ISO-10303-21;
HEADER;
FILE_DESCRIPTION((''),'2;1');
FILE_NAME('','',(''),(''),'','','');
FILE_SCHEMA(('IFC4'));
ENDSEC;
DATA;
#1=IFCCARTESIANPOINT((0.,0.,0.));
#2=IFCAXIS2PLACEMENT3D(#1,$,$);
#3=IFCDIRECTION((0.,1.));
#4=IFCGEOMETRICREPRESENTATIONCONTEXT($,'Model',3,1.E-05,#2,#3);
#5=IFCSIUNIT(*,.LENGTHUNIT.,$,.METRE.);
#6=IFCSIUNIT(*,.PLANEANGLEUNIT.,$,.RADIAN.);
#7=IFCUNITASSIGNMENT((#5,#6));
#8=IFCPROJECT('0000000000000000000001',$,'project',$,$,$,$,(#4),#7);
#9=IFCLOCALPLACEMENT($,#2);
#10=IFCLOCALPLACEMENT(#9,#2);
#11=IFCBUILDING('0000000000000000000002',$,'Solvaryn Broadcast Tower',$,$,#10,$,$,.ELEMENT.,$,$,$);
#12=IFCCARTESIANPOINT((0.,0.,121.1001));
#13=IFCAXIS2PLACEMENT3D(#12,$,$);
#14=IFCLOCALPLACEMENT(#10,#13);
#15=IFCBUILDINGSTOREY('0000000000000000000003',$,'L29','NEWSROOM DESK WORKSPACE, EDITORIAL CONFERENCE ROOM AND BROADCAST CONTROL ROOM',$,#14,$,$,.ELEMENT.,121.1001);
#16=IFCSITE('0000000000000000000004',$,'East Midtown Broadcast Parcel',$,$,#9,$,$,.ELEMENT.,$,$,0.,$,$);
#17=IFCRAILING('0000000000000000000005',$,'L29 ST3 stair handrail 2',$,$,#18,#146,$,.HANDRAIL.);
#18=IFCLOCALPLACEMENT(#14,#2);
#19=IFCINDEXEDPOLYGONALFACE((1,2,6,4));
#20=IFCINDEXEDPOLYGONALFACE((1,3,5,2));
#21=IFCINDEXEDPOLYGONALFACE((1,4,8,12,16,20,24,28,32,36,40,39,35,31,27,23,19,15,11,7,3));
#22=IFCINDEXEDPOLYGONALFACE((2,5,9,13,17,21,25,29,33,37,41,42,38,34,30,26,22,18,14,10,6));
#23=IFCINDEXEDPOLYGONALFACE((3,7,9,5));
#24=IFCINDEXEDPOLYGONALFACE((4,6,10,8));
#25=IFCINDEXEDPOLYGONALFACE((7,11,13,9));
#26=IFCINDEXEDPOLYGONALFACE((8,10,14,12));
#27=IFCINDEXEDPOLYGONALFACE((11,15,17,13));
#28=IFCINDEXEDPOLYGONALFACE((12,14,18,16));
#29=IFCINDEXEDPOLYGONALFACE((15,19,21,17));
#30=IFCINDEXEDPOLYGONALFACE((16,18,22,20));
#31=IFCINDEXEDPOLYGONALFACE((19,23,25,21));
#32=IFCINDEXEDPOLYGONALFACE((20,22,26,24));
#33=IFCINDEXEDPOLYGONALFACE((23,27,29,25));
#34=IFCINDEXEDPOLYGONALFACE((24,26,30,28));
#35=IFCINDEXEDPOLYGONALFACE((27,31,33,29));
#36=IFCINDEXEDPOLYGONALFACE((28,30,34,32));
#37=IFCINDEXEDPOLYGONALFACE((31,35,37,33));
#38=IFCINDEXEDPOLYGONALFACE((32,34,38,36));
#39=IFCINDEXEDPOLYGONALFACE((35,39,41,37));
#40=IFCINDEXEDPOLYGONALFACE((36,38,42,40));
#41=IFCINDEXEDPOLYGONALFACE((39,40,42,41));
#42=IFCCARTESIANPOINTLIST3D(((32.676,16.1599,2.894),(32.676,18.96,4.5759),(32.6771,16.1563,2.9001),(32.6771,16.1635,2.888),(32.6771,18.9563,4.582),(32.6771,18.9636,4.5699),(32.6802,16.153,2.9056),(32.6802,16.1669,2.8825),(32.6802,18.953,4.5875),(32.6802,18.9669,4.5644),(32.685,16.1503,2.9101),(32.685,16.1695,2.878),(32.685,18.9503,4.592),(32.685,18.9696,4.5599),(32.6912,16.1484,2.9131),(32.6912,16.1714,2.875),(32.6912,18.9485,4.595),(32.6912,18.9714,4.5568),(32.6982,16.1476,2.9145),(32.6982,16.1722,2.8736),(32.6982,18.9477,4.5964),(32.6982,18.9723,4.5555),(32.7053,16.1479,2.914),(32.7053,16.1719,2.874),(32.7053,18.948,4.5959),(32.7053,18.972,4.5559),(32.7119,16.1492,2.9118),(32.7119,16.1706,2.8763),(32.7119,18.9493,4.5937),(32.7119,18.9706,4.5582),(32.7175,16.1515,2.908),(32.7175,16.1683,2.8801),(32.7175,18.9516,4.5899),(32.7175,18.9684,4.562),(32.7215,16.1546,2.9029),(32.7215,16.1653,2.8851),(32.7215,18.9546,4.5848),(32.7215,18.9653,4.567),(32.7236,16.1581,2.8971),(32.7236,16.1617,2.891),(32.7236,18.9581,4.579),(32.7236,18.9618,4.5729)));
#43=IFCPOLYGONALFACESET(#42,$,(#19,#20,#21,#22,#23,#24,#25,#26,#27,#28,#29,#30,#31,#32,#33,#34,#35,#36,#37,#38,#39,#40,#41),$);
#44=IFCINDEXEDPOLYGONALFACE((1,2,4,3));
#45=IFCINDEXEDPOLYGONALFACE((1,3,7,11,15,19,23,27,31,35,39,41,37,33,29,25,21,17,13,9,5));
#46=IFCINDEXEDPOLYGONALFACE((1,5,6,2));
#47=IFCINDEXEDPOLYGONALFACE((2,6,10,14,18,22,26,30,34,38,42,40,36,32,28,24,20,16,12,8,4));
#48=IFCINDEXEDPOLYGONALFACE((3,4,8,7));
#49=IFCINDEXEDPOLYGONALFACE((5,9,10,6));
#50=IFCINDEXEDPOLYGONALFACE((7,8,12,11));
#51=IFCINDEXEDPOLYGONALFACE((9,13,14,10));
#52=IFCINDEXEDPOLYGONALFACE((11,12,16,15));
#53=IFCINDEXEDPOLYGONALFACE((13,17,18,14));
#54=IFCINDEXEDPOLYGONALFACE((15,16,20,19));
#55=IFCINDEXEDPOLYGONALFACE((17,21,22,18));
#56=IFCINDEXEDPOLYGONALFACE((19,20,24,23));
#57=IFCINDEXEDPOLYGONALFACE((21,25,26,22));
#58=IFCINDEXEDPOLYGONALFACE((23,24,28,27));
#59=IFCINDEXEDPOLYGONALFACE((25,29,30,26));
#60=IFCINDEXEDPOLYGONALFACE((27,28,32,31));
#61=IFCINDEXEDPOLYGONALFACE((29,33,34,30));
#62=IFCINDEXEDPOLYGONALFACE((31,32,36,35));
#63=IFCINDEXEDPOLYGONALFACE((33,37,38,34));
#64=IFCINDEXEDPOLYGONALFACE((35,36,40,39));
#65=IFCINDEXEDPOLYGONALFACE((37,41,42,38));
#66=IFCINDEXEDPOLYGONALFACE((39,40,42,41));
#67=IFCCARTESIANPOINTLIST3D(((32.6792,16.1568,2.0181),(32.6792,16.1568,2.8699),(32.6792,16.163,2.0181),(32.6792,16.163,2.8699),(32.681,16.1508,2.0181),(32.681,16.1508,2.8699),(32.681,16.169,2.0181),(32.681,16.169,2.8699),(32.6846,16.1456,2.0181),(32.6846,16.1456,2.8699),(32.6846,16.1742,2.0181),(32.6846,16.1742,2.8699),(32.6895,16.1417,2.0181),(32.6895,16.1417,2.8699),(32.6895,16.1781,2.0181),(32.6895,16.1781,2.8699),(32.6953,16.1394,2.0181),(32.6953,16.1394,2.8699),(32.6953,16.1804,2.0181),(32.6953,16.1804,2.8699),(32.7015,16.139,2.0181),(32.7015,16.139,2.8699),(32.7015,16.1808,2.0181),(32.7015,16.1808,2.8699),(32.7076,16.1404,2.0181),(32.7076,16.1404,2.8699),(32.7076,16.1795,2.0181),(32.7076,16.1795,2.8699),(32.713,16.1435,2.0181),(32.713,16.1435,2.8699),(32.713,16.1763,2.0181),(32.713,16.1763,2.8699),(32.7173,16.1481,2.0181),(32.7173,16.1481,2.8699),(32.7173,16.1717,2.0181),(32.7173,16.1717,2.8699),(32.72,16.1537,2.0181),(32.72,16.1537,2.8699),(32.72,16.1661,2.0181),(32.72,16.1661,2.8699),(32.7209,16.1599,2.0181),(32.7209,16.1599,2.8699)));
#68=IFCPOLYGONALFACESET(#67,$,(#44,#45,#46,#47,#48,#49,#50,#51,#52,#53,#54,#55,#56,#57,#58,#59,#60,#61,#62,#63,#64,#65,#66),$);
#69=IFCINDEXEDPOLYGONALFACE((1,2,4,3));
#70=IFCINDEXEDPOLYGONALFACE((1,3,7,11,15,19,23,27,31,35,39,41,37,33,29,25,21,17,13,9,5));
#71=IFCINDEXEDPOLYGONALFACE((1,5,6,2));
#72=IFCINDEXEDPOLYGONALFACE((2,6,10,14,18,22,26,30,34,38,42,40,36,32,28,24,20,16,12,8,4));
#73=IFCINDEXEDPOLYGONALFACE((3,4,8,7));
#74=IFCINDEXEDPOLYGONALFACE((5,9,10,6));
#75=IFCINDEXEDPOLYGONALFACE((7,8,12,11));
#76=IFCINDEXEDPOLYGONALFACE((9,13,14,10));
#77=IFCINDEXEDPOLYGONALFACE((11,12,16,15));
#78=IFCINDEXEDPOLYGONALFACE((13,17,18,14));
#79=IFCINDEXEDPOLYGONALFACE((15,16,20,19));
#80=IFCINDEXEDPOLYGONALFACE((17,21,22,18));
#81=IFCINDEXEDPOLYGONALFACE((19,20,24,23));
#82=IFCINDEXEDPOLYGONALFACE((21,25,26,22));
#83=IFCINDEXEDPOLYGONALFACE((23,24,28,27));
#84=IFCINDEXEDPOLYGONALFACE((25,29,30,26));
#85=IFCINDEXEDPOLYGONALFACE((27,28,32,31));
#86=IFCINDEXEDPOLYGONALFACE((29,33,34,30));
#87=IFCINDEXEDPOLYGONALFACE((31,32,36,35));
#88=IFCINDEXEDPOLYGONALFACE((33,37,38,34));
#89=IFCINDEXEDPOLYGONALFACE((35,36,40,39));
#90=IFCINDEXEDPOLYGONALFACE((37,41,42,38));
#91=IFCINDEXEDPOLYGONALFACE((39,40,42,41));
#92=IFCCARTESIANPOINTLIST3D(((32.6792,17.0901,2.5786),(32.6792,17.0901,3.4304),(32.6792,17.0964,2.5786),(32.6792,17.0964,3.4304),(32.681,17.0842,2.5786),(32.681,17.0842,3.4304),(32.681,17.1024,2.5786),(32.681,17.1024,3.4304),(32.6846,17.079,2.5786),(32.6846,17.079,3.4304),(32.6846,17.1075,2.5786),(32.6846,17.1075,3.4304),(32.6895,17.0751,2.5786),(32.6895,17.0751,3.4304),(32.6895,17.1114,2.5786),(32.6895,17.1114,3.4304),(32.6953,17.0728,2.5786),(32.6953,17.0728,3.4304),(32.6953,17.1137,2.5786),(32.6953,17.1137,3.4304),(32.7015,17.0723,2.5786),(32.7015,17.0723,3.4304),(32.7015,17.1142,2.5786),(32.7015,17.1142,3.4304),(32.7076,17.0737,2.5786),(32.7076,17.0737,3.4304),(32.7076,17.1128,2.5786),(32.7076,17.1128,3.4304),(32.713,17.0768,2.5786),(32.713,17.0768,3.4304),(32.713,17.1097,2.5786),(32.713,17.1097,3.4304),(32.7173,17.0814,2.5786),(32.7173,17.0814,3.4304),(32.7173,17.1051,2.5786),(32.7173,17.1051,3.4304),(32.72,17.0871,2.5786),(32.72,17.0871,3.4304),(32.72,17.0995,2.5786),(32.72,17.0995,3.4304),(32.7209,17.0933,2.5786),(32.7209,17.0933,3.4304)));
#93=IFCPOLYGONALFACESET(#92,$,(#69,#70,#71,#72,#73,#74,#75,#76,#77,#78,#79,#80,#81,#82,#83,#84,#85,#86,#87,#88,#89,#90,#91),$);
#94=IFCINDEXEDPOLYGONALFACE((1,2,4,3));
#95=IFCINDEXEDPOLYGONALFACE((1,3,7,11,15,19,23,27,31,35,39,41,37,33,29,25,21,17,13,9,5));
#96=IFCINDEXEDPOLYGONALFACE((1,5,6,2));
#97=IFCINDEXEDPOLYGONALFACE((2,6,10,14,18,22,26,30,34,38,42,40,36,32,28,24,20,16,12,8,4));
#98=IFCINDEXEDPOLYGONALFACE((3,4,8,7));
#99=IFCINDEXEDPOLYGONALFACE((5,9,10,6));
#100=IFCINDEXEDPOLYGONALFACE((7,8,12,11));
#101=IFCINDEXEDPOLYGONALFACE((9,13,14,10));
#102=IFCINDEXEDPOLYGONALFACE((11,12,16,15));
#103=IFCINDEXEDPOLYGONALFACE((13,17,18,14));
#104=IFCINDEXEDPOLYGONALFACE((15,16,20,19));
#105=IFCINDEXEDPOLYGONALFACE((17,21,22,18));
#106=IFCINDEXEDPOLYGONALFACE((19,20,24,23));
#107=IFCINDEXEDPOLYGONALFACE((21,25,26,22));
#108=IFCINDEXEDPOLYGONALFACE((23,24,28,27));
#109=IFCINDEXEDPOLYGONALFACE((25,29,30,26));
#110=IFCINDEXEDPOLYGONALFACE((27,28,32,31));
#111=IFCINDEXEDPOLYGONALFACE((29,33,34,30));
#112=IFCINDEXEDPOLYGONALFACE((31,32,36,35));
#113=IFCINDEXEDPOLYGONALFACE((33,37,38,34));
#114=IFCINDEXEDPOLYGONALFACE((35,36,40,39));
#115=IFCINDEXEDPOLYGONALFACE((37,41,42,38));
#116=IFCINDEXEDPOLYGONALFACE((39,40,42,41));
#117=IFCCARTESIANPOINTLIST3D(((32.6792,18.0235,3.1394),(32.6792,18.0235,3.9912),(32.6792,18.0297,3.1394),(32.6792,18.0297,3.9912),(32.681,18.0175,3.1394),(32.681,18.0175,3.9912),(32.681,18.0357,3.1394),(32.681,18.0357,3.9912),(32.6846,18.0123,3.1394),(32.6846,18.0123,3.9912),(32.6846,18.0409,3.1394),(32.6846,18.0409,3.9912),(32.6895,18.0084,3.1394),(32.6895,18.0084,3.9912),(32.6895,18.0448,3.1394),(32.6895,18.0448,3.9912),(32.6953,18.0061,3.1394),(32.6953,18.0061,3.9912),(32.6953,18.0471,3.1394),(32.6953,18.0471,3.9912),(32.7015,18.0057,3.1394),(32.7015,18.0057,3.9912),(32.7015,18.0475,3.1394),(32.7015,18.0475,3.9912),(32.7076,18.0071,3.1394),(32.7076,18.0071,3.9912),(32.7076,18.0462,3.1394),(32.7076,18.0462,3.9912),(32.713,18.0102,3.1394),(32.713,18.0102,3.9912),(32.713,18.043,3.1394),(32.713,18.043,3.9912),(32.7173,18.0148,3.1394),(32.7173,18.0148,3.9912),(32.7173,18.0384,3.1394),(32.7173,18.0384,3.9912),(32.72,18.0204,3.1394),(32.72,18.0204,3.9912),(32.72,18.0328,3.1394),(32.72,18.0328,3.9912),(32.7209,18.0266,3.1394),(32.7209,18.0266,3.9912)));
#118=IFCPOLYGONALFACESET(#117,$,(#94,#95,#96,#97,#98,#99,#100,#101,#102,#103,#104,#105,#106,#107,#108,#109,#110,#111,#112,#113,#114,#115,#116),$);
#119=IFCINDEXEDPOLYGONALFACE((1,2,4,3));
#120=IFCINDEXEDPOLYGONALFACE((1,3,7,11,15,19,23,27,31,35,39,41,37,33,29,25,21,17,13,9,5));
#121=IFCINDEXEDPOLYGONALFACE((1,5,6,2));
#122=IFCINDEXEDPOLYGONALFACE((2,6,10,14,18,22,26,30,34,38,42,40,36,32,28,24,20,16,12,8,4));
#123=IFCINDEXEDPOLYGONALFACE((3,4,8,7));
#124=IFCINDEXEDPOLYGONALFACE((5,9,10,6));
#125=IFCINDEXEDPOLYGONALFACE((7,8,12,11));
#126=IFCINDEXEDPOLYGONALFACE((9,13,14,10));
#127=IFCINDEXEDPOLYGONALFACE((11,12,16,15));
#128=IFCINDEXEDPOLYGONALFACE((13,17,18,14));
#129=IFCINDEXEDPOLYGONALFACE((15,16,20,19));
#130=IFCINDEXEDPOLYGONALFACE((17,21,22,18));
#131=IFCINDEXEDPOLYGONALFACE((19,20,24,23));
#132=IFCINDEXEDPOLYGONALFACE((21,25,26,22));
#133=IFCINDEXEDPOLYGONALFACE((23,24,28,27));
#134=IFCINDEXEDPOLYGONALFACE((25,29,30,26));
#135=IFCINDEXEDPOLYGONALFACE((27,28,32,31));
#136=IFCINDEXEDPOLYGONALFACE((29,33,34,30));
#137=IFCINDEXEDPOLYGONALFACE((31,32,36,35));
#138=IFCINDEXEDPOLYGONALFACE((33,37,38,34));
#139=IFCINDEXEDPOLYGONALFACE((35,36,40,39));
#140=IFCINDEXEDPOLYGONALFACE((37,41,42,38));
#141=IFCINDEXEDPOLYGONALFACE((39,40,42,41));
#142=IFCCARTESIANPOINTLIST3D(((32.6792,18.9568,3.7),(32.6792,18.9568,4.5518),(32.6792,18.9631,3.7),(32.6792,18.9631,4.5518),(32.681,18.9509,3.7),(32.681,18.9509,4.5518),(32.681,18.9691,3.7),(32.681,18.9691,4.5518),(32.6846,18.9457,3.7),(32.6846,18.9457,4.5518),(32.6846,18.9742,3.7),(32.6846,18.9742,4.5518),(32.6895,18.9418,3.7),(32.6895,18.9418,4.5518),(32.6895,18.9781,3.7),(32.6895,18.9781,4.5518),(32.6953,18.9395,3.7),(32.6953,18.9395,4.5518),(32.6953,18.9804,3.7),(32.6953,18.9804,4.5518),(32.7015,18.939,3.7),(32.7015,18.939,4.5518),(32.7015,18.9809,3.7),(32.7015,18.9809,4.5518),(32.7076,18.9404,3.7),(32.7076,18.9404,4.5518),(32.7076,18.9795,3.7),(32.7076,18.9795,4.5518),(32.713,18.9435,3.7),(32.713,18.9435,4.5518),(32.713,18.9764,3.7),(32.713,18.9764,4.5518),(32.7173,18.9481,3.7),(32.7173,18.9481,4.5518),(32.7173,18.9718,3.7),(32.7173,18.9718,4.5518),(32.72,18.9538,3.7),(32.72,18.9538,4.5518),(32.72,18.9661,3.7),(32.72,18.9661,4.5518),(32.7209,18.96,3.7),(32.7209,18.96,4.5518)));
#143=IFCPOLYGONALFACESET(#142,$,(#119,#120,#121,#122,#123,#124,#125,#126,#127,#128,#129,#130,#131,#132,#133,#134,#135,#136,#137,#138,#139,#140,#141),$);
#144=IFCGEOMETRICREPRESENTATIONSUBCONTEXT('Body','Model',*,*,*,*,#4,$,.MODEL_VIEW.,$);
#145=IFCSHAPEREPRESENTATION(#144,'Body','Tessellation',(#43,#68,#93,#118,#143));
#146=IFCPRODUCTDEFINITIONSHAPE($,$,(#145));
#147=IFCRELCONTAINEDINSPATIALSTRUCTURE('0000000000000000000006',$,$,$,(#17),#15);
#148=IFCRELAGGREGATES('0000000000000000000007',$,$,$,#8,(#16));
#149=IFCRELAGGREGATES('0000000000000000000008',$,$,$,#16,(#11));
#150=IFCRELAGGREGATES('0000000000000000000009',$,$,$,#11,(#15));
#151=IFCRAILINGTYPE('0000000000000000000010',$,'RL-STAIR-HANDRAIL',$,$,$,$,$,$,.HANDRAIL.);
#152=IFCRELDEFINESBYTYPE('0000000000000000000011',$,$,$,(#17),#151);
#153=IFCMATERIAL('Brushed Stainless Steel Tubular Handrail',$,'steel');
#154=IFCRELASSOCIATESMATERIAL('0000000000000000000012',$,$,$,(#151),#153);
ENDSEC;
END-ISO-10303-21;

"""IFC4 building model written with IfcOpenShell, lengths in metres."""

from ifc_helpers import new_model, si_unit, direction, frame, origin, origin_2d, place, context, subcontext, project, spatial, circle, extrude, material, type_object, element, save


model = new_model("IFC4")

# Units and contexts
model_context = context("Model", 3, precision=1e-05, world=origin(), true_north=direction((0.0, 1.0)))
body_context = subcontext(model_context, "Body", "Model", "MODEL_VIEW")
ifc_project = project(units=[si_unit("LENGTHUNIT", "METRE"), si_unit("PLANEANGLEUNIT", "RADIAN")], contexts=[model_context])

# Site, building, storey
site_placement = place(None, origin())
site = spatial("IfcSite", under=ifc_project, at=site_placement, Name="East Midtown Broadcast Parcel", CompositionType="ELEMENT", RefElevation=0.0)
building_placement = place(site_placement, origin())
building = spatial("IfcBuilding", under=site, at=building_placement, Name="Solvaryn Broadcast Tower", CompositionType="ELEMENT")
storey_placement = place(building_placement, frame((0.0, 0.0, 121.1001)))
storey = spatial("IfcBuildingStorey", under=building, at=storey_placement, Name="L29", Description="NEWSROOM DESK WORKSPACE, EDITORIAL CONFERENCE ROOM AND BROADCAST CONTROL ROOM", CompositionType="ELEMENT", Elevation=121.1001)

# Railing
ifc_material_1 = material(Name="Brushed Stainless Steel Tubular Handrail", Category="steel")
railing_type_1 = type_object("IfcRailingType", Name="RL-STAIR-HANDRAIL", PredefinedType="HANDRAIL", material=ifc_material_1)
railing_1_placement = place(storey_placement, frame((32.7, 16.1599, 2.0181)))
element("IfcRailing", 1, at=railing_1_placement, inside=storey, type_object=railing_type_1, Name="L29 ST3 stair handrail 2", PredefinedType="HANDRAIL", context=body_context, shape_type="SweptSolid", body=[
    extrude(circle(Radius=0.0239, at=origin_2d()), frame((0.0, 0.0, 0.876), z_axis=(0.0, 0.857242, 0.514913), x_axis=(-1.0, 0.0, 0.0)), (0.0, 0.0, 1.0), 3.2664),
    extrude(circle(Radius=0.021, at=origin_2d()), origin(), (0.0, 0.0, 1.0), 0.8518),
    extrude(circle(Radius=0.021, at=origin_2d()), frame((0.0, 0.9333, 0.5605)), (0.0, 0.0, 1.0), 0.8518),
    extrude(circle(Radius=0.021, at=origin_2d()), frame((0.0, 1.8667, 1.1213)), (0.0, 0.0, 1.0), 0.8518),
    extrude(circle(Radius=0.021, at=origin_2d()), frame((0.0, 2.8, 1.6819)), (0.0, 0.0, 1.0), 0.8518),
])

save(model, "model.ifc")
